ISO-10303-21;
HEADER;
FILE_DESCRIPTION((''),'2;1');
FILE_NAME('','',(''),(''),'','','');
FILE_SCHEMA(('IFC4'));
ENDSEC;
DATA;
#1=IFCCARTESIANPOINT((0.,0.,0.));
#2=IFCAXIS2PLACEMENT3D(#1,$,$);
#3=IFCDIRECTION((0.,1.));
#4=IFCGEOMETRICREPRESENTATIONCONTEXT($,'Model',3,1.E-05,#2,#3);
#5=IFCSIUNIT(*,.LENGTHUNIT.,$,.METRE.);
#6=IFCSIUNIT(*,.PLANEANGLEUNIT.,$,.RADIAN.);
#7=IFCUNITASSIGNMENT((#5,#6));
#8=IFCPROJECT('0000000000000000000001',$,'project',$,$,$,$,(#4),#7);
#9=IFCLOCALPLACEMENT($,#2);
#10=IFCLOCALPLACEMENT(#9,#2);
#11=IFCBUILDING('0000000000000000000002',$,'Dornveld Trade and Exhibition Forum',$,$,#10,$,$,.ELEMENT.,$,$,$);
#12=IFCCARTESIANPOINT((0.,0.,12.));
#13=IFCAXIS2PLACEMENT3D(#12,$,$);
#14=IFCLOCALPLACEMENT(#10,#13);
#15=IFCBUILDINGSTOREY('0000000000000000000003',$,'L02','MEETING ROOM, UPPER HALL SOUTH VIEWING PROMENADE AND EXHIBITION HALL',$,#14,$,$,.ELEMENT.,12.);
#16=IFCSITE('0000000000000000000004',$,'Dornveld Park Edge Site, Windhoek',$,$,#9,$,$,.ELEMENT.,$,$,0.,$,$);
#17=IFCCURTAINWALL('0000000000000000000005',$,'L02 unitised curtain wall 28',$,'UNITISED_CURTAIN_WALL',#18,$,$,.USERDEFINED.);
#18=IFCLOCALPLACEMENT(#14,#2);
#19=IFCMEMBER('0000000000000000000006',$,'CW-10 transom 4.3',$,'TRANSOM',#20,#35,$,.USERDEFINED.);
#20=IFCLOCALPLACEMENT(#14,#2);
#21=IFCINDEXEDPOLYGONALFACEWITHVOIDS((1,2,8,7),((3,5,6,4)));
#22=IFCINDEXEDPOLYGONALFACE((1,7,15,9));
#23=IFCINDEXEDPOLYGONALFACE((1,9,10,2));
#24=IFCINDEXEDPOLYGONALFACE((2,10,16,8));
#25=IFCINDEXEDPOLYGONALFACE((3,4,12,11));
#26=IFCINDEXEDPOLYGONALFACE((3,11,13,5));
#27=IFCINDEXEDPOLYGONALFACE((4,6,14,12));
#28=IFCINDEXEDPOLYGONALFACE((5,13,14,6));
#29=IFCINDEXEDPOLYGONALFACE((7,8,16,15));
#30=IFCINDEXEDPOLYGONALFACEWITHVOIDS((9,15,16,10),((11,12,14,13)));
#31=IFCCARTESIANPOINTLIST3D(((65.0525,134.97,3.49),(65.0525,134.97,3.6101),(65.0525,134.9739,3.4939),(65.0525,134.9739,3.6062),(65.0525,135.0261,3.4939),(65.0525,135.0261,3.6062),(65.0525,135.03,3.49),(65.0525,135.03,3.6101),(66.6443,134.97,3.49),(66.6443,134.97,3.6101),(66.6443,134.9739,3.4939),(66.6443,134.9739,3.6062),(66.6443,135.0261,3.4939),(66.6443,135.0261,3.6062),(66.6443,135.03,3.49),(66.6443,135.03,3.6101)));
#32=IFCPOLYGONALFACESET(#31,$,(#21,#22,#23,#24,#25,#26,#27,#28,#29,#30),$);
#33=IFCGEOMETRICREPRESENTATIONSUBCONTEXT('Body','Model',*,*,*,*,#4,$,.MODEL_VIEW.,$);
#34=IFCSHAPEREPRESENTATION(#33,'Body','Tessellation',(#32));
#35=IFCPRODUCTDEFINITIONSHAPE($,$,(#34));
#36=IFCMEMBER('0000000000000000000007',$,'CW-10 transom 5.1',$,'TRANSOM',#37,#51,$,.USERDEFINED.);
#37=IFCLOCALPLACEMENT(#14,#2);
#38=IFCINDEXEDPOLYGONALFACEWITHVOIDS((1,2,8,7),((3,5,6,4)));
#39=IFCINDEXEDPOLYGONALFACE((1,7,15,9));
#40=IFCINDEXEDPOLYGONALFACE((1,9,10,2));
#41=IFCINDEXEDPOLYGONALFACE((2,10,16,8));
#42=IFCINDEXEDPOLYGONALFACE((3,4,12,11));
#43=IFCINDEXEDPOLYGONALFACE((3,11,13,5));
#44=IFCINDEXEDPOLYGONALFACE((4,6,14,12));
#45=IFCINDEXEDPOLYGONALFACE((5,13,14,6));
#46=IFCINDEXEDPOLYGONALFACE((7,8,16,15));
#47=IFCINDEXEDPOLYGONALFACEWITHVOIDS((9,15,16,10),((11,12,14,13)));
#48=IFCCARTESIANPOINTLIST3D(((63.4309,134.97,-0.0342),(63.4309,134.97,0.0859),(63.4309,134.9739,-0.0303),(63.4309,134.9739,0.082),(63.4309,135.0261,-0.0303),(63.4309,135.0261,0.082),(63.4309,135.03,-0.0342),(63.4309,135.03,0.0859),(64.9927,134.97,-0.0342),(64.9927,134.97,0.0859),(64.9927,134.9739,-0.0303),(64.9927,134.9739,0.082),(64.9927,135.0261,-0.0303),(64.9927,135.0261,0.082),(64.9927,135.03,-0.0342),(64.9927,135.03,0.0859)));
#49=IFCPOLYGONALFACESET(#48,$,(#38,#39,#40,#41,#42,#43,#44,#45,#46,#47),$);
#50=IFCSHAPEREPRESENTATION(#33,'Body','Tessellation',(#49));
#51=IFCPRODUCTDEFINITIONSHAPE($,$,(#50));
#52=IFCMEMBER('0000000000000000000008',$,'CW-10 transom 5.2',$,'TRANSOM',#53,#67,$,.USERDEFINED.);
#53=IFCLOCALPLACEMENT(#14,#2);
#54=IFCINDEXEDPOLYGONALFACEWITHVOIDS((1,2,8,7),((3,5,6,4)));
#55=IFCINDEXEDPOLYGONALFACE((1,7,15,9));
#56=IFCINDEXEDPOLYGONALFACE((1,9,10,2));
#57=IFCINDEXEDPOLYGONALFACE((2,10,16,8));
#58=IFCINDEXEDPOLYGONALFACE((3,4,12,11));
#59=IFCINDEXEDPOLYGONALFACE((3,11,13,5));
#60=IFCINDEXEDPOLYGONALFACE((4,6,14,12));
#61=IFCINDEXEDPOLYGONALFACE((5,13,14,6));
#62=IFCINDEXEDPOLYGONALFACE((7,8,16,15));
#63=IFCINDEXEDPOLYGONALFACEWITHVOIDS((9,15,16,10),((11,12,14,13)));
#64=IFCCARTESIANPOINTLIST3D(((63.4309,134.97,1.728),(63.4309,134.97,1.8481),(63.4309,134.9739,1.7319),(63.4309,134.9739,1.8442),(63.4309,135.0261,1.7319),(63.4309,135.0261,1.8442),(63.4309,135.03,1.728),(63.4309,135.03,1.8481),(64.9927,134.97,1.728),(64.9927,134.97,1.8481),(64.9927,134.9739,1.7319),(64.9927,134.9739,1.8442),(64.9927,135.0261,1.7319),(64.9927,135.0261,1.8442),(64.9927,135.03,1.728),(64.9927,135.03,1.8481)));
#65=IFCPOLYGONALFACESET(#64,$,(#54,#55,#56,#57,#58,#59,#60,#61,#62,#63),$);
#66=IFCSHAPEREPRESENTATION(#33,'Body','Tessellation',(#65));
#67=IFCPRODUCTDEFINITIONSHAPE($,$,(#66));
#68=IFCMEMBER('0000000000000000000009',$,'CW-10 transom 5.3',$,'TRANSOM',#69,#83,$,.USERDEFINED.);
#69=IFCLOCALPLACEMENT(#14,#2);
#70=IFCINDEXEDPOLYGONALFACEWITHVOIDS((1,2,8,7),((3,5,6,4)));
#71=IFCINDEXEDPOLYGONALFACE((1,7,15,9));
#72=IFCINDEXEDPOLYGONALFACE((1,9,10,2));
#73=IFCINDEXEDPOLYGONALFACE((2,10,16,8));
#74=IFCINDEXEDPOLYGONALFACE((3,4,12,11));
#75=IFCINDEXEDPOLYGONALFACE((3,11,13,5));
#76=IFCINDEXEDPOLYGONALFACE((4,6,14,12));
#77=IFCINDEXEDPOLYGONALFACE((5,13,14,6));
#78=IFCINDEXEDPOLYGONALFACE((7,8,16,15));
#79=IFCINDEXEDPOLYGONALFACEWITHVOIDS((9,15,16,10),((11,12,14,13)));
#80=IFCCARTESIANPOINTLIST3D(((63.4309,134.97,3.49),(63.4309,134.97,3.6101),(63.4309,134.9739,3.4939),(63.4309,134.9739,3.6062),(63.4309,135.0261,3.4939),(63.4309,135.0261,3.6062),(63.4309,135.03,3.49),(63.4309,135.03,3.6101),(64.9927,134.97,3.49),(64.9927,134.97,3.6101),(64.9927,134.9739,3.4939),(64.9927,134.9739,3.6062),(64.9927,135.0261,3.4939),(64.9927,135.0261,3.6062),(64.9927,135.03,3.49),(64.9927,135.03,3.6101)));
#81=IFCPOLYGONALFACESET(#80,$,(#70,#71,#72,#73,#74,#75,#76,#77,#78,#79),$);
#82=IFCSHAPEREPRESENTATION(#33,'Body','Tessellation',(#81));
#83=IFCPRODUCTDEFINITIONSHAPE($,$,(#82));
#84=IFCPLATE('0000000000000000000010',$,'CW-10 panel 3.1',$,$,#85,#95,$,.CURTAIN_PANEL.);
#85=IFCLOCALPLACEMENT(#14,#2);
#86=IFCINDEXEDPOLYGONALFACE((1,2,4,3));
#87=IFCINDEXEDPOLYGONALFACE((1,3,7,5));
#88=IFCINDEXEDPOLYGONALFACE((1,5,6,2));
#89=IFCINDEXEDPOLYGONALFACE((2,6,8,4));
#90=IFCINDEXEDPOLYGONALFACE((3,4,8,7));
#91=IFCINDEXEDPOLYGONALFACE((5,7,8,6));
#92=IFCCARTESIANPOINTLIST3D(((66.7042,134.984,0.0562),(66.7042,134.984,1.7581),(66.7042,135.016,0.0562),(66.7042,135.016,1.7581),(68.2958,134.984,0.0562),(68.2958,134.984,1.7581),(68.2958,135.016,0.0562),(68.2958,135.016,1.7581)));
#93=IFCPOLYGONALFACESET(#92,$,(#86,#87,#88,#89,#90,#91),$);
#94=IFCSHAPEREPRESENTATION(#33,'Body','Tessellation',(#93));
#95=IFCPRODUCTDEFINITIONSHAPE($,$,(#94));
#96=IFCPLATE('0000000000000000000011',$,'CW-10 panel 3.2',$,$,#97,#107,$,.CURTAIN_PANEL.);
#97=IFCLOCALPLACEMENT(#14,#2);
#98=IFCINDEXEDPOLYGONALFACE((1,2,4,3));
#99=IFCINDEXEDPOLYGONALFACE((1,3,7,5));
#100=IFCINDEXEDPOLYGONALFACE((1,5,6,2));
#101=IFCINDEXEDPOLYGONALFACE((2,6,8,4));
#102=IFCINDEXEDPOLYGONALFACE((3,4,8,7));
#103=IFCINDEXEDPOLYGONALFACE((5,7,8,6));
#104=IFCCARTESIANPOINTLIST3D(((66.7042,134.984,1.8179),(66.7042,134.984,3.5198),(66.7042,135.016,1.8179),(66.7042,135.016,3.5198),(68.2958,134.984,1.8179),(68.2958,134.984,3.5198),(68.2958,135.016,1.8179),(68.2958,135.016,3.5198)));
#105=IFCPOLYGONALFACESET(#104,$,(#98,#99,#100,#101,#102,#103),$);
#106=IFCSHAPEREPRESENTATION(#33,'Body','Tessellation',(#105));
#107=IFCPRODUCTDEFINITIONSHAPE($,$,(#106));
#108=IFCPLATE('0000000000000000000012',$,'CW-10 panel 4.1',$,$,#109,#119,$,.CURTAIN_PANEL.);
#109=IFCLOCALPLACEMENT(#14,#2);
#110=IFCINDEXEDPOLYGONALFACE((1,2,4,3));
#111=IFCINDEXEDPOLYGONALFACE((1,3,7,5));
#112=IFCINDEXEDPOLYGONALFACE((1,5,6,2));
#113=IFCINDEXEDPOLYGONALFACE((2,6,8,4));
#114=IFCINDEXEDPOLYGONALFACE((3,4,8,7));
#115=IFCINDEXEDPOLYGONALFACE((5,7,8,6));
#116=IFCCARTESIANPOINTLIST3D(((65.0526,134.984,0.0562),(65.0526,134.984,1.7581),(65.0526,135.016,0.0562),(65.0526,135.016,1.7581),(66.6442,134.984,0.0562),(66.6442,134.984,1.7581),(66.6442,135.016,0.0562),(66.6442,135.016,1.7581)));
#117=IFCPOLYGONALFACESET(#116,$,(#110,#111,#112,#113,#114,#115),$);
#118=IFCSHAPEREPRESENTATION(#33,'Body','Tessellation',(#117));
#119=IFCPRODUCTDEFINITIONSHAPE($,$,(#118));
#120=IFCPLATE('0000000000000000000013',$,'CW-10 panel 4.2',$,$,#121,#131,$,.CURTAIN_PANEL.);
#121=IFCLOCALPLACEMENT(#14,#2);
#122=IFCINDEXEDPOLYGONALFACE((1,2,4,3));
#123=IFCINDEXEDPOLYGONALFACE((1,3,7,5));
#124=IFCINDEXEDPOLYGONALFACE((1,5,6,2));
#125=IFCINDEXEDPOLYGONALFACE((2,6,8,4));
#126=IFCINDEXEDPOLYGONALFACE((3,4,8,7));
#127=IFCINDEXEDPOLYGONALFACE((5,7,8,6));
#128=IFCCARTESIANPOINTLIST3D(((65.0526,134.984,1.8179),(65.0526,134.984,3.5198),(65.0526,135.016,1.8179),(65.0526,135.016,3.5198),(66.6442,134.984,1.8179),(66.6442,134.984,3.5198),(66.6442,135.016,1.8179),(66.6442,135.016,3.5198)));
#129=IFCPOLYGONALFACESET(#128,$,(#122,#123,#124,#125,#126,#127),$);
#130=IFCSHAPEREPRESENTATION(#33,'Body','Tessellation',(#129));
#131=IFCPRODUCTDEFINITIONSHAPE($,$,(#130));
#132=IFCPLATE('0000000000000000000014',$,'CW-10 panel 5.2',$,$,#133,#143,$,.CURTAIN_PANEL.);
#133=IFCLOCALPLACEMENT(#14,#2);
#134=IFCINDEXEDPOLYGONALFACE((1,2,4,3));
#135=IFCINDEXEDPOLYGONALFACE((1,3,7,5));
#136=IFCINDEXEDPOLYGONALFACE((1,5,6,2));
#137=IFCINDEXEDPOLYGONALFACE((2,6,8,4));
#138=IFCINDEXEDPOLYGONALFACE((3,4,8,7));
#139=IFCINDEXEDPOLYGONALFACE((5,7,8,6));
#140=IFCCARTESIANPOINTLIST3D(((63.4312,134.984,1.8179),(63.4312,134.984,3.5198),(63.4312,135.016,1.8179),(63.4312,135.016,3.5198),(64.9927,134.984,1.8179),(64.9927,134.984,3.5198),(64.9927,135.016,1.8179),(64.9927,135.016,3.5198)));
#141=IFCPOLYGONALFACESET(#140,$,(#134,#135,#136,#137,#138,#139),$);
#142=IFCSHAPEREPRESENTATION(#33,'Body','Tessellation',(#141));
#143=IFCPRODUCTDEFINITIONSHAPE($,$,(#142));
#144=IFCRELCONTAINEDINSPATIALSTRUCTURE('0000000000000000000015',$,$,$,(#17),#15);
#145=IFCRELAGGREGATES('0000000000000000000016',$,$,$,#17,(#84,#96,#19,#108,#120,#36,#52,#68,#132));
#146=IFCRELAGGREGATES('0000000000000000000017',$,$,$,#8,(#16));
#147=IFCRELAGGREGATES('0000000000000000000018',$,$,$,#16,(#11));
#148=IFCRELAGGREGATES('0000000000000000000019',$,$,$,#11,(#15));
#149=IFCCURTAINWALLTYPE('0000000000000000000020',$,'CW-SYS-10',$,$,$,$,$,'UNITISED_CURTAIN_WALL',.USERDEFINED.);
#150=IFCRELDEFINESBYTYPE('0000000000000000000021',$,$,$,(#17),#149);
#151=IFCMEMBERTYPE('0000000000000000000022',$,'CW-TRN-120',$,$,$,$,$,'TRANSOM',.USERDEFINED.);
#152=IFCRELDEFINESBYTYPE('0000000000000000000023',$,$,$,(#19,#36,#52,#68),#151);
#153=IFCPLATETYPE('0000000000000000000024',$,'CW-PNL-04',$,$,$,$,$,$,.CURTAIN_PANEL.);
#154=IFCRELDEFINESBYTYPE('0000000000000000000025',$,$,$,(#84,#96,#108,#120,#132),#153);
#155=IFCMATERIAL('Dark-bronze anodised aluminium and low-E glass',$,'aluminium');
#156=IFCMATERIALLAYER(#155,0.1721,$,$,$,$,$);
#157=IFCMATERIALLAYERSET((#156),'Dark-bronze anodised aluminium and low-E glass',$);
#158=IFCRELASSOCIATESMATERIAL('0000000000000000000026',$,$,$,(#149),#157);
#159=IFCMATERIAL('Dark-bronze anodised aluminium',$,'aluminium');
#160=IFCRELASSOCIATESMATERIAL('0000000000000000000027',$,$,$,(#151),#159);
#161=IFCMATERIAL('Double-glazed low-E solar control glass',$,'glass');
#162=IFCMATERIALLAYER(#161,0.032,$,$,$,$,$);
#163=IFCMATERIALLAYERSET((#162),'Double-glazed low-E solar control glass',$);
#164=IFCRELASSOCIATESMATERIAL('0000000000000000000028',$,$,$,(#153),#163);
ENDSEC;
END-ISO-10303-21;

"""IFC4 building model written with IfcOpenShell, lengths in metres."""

from ifc_helpers import new_model, si_unit, direction, frame, origin, origin_2d, place, context, subcontext, project, spatial, rectangle, hollow_rectangle, extrude, material, layer, layer_set, material_profile, profile_set, type_object, element, aggregate, save


model = new_model("IFC4")

# Units and contexts
model_context = context("Model", 3, precision=1e-05, world=origin(), true_north=direction((0.0, 1.0)))
body_context = subcontext(model_context, "Body", "Model", "MODEL_VIEW")
ifc_project = project(units=[si_unit("LENGTHUNIT", "METRE"), si_unit("PLANEANGLEUNIT", "RADIAN")], contexts=[model_context])

# Site, building, storey
site_placement = place(None, origin())
site = spatial("IfcSite", under=ifc_project, at=site_placement, Name="Dornveld Park Edge Site, Windhoek", CompositionType="ELEMENT", RefElevation=0.0)
building_placement = place(site_placement, origin())
building = spatial("IfcBuilding", under=site, at=building_placement, Name="Dornveld Trade and Exhibition Forum", CompositionType="ELEMENT")
storey_placement = place(building_placement, frame((0.0, 0.0, 12.0)))
storey = spatial("IfcBuildingStorey", under=building, at=storey_placement, Name="L02", Description="MEETING ROOM, UPPER HALL SOUTH VIEWING PROMENADE AND EXHIBITION HALL", CompositionType="ELEMENT", Elevation=12.0)

# Curtain wall, members, plates
ifc_material_1 = material(Name="Dark-bronze anodised aluminium and low-E glass", Category="aluminium")
ifc_layer_1 = layer(ifc_material_1, 0.1721)
ifc_layer_set_1 = layer_set([ifc_layer_1], Name="Dark-bronze anodised aluminium and low-E glass")
curtain_wall_type = type_object("IfcCurtainWallType", Name="CW-SYS-10", ElementType="UNITISED_CURTAIN_WALL", PredefinedType="USERDEFINED", material=ifc_layer_set_1)
curtain_wall_placement = place(storey_placement, origin())
curtain_wall = element("IfcCurtainWall", 1, at=curtain_wall_placement, inside=storey, type_object=curtain_wall_type, Name="L02 unitised curtain wall 28", ObjectType="UNITISED_CURTAIN_WALL", PredefinedType="USERDEFINED")
ifc_material_2 = material(Name="Dark-bronze anodised aluminium", Category="aluminium")
ifc_material_profile_1 = material_profile(ifc_material_2, hollow_rectangle(XDim=0.0601, YDim=0.1201, WallThickness=0.0039, at=origin_2d()), Name="RHS 120x60x4")
ifc_profile_set_1 = profile_set([ifc_material_profile_1], Name="Dark-bronze anodised aluminium")
member_type_1 = type_object("IfcMemberType", Name="CW-TRN-120", ElementType="TRANSOM", PredefinedType="USERDEFINED", material=ifc_profile_set_1)
member_1_placement = place(storey_placement, frame((66.6443, 135.0, 3.55), z_axis=(-1.0, 0.0, 0.0), x_axis=(0.0, -1.0, 0.0)))
member_1 = element("IfcMember", 2, at=member_1_placement, type_object=member_type_1, Name="CW-10 transom 4.3", ObjectType="TRANSOM", PredefinedType="USERDEFINED", context=body_context, shape_type="SweptSolid", body=[
    extrude(hollow_rectangle(XDim=0.0601, YDim=0.1201, WallThickness=0.0039, at=origin_2d()), origin(), (0.0, 0.0, 1.0), 1.5918),
])
member_2_placement = place(storey_placement, frame((64.9927, 135.0, 0.0259), z_axis=(-1.0, 0.0, 0.0), x_axis=(0.0, -1.0, 0.0)))
member_2 = element("IfcMember", 3, at=member_2_placement, type_object=member_type_1, Name="CW-10 transom 5.1", ObjectType="TRANSOM", PredefinedType="USERDEFINED", context=body_context, shape_type="SweptSolid", body=[
    extrude(hollow_rectangle(XDim=0.0601, YDim=0.1201, WallThickness=0.0039, at=origin_2d()), origin(), (0.0, 0.0, 1.0), 1.5618),
])
member_3_placement = place(storey_placement, frame((64.9927, 135.0, 1.7881), z_axis=(-1.0, 0.0, 0.0), x_axis=(0.0, -1.0, 0.0)))
member_3 = element("IfcMember", 4, at=member_3_placement, type_object=member_type_1, Name="CW-10 transom 5.2", ObjectType="TRANSOM", PredefinedType="USERDEFINED", context=body_context, shape_type="SweptSolid", body=[
    extrude(hollow_rectangle(XDim=0.0601, YDim=0.1201, WallThickness=0.0039, at=origin_2d()), origin(), (0.0, 0.0, 1.0), 1.5618),
])
member_4_placement = place(storey_placement, frame((64.9927, 135.0, 3.55), z_axis=(-1.0, 0.0, 0.0), x_axis=(0.0, -1.0, 0.0)))
member_4 = element("IfcMember", 5, at=member_4_placement, type_object=member_type_1, Name="CW-10 transom 5.3", ObjectType="TRANSOM", PredefinedType="USERDEFINED", context=body_context, shape_type="SweptSolid", body=[
    extrude(hollow_rectangle(XDim=0.0601, YDim=0.1201, WallThickness=0.0039, at=origin_2d()), origin(), (0.0, 0.0, 1.0), 1.5618),
])
ifc_material_3 = material(Name="Double-glazed low-E solar control glass", Category="glass")
ifc_layer_2 = layer(ifc_material_3, 0.032)
ifc_layer_set_2 = layer_set([ifc_layer_2], Name="Double-glazed low-E solar control glass")
plate_type = type_object("IfcPlateType", Name="CW-PNL-04", PredefinedType="CURTAIN_PANEL", material=ifc_layer_set_2)
plate_1_placement = place(storey_placement, frame((67.5, 135.0, 0.0562), z_axis=(0.0, 0.0, 1.0), x_axis=(-1.0, 0.0, 0.0)))
plate_1 = element("IfcPlate", 6, at=plate_1_placement, type_object=plate_type, Name="CW-10 panel 3.1", PredefinedType="CURTAIN_PANEL", context=body_context, shape_type="SweptSolid", body=[
    extrude(rectangle(XDim=1.5916, YDim=0.032, at=origin_2d()), origin(), (0.0, 0.0, 1.0), 1.7019),
])
plate_2_placement = place(storey_placement, frame((67.5, 135.0, 1.8179), z_axis=(0.0, 0.0, 1.0), x_axis=(-1.0, 0.0, 0.0)))
plate_2 = element("IfcPlate", 7, at=plate_2_placement, type_object=plate_type, Name="CW-10 panel 3.2", PredefinedType="CURTAIN_PANEL", context=body_context, shape_type="SweptSolid", body=[
    extrude(rectangle(XDim=1.5916, YDim=0.032, at=origin_2d()), origin(), (0.0, 0.0, 1.0), 1.7019),
])
plate_3_placement = place(storey_placement, frame((65.8484, 135.0, 0.0562), z_axis=(0.0, 0.0, 1.0), x_axis=(-1.0, 0.0, 0.0)))
plate_3 = element("IfcPlate", 8, at=plate_3_placement, type_object=plate_type, Name="CW-10 panel 4.1", PredefinedType="CURTAIN_PANEL", context=body_context, shape_type="SweptSolid", body=[
    extrude(rectangle(XDim=1.5916, YDim=0.032, at=origin_2d()), origin(), (0.0, 0.0, 1.0), 1.7019),
])
plate_4_placement = place(storey_placement, frame((65.8484, 135.0, 1.8179), z_axis=(0.0, 0.0, 1.0), x_axis=(-1.0, 0.0, 0.0)))
plate_4 = element("IfcPlate", 9, at=plate_4_placement, type_object=plate_type, Name="CW-10 panel 4.2", PredefinedType="CURTAIN_PANEL", context=body_context, shape_type="SweptSolid", body=[
    extrude(rectangle(XDim=1.5916, YDim=0.032, at=origin_2d()), origin(), (0.0, 0.0, 1.0), 1.7019),
])
plate_5_placement = place(storey_placement, frame((64.2119, 135.0, 1.8179), z_axis=(0.0, 0.0, 1.0), x_axis=(-1.0, 0.0, 0.0)))
plate_5 = element("IfcPlate", 10, at=plate_5_placement, type_object=plate_type, Name="CW-10 panel 5.2", PredefinedType="CURTAIN_PANEL", context=body_context, shape_type="SweptSolid", body=[
    extrude(rectangle(XDim=1.5615, YDim=0.032, at=origin_2d()), origin(), (0.0, 0.0, 1.0), 1.7019),
])
aggregate(curtain_wall, [plate_1, plate_2, member_1, plate_3, plate_4, member_2, member_3, member_4, plate_5])

save(model, "model.ifc")
